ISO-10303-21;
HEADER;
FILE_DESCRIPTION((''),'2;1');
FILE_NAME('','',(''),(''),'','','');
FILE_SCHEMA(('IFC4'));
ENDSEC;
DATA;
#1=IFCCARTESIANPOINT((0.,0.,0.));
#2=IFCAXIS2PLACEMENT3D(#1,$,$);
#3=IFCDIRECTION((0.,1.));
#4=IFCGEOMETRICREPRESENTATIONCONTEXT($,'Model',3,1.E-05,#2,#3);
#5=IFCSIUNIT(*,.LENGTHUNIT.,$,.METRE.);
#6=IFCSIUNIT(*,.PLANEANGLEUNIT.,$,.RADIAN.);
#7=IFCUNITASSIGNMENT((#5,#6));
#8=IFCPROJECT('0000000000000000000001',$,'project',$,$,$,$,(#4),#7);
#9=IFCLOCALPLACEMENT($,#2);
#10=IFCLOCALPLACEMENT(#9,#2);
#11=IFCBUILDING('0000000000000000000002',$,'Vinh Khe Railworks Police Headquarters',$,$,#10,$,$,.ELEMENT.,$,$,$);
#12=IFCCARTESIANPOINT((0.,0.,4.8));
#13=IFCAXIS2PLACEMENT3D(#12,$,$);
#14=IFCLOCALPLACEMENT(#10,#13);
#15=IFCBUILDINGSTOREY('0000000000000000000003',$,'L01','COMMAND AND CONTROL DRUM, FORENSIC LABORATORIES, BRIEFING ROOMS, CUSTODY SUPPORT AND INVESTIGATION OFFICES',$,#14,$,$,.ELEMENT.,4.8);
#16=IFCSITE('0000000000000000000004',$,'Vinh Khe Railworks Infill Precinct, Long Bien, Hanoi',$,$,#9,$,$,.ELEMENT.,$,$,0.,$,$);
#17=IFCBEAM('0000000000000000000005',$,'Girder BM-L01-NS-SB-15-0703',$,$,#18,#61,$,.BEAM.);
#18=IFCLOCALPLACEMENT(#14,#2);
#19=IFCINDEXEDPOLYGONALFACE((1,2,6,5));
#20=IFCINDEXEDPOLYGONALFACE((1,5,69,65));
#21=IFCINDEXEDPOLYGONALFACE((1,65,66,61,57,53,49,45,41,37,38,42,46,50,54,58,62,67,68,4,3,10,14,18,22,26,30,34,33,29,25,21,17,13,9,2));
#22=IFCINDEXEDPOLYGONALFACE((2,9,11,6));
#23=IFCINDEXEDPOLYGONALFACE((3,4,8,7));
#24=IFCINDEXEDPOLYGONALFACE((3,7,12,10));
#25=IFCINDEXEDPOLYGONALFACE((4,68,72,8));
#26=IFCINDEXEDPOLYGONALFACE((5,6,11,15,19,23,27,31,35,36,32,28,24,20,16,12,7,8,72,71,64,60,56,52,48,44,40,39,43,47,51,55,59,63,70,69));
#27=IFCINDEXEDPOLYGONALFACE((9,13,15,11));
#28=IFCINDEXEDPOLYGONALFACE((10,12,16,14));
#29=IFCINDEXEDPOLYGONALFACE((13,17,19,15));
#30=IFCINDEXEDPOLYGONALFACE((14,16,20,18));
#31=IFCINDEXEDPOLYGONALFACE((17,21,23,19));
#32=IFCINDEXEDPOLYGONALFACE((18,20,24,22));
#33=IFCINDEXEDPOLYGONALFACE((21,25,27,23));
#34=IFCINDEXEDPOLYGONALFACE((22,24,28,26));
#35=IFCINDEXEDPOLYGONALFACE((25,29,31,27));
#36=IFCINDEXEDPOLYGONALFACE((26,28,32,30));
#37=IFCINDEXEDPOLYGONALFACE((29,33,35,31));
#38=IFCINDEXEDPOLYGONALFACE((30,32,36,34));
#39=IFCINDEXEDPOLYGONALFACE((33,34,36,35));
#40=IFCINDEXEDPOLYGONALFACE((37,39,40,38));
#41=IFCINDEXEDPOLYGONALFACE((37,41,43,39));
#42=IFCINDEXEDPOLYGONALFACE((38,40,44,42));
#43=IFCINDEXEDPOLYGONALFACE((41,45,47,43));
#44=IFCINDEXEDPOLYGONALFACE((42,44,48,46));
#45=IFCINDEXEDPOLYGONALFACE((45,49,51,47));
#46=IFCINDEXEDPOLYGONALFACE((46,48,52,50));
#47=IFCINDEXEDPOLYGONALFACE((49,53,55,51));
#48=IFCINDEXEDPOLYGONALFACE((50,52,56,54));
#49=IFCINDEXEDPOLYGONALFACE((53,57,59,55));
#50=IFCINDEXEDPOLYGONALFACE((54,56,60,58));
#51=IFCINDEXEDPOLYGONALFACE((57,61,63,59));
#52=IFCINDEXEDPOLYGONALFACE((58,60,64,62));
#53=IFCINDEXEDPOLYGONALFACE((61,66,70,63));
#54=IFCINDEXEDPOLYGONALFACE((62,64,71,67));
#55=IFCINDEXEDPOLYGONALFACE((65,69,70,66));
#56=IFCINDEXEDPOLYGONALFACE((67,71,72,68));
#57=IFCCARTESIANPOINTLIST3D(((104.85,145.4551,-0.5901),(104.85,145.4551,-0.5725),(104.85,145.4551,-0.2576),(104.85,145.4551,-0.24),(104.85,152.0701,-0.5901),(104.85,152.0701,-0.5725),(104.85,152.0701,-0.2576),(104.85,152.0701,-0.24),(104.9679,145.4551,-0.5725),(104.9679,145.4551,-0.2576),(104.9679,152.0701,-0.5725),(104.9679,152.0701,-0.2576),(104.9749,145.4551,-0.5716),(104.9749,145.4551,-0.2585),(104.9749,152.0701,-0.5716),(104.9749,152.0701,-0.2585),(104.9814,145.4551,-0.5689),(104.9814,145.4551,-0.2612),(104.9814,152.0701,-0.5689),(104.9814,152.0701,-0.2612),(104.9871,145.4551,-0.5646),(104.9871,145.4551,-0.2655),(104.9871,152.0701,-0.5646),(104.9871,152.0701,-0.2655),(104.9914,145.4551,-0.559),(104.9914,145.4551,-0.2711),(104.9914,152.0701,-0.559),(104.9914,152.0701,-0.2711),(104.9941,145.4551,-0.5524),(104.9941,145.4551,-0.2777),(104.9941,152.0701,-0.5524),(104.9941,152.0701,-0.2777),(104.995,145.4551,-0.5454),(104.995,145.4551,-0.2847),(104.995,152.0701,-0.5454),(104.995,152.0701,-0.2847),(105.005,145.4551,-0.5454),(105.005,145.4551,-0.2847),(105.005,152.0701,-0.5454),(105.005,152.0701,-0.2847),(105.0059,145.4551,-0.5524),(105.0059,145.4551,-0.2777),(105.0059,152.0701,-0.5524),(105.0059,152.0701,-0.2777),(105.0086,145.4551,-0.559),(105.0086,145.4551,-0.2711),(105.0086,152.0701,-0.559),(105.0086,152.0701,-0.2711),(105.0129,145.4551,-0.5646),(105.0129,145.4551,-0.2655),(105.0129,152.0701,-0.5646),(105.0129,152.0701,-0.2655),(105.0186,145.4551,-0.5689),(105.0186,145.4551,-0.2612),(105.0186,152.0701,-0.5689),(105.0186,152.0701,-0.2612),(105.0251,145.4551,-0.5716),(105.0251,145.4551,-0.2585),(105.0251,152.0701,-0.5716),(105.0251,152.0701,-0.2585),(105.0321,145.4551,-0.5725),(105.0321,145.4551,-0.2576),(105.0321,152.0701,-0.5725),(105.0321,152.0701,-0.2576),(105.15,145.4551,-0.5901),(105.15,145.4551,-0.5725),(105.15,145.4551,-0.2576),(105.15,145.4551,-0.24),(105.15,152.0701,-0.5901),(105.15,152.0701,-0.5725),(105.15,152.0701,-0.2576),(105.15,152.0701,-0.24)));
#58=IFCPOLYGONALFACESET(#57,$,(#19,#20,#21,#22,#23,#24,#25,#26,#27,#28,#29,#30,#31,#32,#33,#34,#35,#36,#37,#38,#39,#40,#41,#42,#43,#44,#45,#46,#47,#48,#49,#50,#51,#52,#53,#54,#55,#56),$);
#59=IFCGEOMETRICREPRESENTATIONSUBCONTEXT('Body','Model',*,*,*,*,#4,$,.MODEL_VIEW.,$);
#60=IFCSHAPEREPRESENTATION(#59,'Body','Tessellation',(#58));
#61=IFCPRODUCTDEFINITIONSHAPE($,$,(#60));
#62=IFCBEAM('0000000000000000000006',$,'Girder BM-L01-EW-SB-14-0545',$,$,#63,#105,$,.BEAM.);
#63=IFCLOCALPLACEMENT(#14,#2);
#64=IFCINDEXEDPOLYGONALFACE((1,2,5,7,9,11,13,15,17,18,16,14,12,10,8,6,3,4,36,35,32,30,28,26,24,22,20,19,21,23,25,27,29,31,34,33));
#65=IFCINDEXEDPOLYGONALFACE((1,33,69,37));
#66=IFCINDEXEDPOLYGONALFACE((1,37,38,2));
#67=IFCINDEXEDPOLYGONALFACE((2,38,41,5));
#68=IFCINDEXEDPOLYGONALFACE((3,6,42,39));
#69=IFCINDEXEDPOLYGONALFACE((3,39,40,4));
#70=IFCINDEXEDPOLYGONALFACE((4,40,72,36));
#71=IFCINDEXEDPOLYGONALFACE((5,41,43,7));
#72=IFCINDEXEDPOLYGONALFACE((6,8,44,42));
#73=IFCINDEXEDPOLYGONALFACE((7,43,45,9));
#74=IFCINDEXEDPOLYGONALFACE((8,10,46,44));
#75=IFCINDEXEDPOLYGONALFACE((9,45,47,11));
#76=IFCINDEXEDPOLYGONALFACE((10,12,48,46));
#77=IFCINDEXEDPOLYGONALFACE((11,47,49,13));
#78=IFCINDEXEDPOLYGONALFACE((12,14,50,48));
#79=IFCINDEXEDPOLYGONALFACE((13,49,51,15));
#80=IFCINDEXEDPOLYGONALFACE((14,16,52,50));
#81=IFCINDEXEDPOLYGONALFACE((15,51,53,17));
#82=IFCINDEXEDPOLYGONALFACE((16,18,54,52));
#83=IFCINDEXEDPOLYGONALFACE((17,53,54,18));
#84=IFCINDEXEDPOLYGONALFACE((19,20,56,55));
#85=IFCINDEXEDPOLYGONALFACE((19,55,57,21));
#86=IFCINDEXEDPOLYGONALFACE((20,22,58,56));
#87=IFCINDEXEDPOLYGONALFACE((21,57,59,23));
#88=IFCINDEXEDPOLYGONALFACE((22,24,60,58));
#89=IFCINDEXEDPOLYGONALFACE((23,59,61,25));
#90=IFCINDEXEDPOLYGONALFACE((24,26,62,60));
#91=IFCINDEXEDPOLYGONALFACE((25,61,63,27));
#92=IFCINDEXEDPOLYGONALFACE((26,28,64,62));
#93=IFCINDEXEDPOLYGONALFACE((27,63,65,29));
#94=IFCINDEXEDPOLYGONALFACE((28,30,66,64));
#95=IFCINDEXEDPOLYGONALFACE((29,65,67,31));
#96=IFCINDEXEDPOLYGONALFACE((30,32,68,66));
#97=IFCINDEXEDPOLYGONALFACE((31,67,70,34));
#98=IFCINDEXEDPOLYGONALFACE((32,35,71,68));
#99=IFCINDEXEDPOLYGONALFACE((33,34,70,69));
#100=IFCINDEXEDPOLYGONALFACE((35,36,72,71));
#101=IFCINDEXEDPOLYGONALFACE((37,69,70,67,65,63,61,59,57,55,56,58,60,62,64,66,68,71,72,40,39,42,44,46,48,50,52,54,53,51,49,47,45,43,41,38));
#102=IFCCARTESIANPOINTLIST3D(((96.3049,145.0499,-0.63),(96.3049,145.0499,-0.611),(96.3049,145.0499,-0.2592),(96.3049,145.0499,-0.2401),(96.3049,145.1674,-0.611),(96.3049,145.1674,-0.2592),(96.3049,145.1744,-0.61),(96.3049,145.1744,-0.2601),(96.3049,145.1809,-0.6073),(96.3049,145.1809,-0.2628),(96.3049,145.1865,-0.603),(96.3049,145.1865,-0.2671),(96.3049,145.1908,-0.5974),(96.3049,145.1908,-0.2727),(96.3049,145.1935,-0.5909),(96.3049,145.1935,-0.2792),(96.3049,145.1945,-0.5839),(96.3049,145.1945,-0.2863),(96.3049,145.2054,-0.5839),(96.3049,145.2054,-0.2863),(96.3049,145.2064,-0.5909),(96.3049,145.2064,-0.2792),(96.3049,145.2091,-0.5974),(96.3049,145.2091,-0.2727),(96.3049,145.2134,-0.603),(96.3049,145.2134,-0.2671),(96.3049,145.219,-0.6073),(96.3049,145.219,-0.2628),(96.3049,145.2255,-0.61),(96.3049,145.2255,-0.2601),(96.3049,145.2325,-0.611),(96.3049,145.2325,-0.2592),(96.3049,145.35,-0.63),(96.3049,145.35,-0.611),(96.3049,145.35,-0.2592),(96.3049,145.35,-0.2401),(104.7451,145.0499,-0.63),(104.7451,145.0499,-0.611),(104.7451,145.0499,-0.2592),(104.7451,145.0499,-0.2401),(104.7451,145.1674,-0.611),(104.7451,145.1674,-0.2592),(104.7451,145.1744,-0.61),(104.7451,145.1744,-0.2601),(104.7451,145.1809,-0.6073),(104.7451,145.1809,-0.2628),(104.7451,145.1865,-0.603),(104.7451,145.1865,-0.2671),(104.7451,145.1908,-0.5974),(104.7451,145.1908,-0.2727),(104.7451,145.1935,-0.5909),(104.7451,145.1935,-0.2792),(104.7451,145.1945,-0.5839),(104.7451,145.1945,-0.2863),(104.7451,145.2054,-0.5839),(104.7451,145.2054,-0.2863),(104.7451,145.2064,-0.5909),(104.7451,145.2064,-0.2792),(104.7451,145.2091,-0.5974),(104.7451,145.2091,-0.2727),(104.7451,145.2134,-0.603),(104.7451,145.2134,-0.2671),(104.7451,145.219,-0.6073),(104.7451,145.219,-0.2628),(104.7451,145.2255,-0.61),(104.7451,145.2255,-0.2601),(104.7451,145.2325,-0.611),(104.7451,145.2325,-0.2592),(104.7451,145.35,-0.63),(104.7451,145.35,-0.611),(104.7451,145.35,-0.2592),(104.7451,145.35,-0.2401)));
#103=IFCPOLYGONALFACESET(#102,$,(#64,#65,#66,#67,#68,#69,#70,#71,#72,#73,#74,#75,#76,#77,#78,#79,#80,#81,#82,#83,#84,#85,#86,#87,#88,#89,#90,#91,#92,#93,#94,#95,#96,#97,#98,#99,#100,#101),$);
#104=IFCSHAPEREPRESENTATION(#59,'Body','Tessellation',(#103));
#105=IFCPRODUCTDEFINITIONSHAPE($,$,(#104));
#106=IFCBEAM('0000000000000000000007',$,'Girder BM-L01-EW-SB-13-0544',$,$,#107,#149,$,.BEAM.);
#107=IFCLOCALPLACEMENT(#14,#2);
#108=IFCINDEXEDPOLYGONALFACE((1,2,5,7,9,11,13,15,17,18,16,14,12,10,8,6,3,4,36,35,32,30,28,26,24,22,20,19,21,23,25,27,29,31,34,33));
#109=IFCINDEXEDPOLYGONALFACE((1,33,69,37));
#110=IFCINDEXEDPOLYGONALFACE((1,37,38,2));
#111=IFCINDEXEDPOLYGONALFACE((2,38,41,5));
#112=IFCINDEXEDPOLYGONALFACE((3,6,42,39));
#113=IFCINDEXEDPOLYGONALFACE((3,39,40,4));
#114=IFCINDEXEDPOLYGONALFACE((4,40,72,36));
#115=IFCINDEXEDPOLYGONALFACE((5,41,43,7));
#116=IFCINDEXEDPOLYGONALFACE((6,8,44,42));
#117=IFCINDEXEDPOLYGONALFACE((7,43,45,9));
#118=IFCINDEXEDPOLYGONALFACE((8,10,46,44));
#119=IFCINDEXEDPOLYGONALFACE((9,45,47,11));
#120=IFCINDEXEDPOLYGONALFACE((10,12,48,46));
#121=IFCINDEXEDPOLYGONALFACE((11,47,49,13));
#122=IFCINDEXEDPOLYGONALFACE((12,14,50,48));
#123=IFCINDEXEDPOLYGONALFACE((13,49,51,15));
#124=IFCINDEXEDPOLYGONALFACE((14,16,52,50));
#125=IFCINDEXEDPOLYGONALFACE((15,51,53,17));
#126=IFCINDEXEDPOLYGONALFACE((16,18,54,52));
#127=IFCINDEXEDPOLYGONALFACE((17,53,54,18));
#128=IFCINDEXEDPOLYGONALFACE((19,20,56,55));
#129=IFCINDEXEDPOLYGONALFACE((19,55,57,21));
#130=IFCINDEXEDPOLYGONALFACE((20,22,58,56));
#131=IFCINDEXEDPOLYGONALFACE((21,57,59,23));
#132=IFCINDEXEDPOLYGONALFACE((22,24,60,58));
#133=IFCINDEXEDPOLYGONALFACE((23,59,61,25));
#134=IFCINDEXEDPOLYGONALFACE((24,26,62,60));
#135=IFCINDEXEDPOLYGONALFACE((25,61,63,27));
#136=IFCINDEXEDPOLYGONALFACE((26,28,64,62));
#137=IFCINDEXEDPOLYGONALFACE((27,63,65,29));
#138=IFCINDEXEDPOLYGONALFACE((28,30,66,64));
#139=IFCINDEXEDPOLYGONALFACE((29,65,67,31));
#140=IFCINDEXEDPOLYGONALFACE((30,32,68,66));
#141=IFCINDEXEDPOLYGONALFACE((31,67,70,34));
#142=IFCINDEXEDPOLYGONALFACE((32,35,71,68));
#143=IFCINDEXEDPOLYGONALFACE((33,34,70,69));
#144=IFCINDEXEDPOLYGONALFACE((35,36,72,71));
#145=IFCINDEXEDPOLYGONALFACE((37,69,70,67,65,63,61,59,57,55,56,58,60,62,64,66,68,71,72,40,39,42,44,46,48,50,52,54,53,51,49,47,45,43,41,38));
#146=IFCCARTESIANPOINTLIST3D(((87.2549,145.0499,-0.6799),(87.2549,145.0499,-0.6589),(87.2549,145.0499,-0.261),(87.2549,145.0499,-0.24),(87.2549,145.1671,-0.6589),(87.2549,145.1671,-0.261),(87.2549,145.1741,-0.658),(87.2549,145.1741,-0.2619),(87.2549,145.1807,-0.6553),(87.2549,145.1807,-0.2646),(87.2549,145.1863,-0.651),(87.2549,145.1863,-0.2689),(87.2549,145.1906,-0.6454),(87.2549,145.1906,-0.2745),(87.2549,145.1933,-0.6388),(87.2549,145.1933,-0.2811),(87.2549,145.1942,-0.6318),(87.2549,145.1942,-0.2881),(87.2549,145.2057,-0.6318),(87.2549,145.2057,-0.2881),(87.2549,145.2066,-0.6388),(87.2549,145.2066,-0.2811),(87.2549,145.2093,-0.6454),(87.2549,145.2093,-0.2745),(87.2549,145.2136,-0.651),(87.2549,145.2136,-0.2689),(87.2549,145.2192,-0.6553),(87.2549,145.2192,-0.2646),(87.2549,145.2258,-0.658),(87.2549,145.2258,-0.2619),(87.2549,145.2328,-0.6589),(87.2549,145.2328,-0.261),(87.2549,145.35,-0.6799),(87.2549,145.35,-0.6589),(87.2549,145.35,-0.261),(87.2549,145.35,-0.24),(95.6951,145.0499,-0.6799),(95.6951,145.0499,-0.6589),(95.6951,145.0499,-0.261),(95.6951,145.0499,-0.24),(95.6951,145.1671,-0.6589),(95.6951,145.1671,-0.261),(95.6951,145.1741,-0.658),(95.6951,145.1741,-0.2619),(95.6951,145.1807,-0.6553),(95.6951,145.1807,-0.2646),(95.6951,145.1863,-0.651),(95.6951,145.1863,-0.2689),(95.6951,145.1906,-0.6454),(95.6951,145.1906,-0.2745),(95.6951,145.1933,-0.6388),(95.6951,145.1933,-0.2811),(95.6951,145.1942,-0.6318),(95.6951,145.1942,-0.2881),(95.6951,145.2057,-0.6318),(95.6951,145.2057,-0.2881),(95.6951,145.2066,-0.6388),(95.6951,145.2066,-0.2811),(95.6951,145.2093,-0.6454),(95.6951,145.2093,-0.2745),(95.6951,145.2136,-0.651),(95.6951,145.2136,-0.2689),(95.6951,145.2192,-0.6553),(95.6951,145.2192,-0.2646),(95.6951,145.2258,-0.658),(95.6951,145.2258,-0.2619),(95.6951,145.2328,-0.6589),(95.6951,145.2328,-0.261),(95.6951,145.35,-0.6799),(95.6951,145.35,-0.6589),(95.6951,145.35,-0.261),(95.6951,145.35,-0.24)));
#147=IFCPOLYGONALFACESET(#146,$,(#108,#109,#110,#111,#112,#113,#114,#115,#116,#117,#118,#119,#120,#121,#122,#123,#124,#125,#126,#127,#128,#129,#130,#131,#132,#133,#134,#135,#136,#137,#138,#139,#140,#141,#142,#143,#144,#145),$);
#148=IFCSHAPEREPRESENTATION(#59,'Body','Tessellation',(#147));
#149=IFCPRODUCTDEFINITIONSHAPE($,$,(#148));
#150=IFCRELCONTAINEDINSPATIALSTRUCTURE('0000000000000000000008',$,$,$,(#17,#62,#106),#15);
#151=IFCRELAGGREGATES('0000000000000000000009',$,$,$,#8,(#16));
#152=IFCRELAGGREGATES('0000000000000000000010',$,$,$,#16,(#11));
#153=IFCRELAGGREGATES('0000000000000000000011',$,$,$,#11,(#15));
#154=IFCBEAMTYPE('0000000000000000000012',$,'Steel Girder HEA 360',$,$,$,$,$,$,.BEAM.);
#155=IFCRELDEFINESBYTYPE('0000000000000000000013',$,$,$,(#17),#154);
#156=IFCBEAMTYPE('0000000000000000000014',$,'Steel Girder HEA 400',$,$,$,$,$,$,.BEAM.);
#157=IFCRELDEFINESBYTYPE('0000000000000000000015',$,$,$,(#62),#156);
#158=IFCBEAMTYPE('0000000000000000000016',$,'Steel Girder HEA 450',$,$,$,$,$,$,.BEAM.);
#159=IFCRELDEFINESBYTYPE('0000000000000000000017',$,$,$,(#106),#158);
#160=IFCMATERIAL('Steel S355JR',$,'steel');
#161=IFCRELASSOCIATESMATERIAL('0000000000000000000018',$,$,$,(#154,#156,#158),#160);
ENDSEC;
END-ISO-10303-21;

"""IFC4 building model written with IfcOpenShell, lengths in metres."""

from ifc_helpers import new_model, si_unit, direction, frame, origin, origin_2d, place, context, subcontext, project, spatial, i_section, extrude, material, material_profile, profile_set, type_object, element, save


model = new_model("IFC4")

# Units and contexts
model_context = context("Model", 3, precision=1e-05, world=origin(), true_north=direction((0.0, 1.0)))
body_context = subcontext(model_context, "Body", "Model", "MODEL_VIEW")
ifc_project = project(units=[si_unit("LENGTHUNIT", "METRE"), si_unit("PLANEANGLEUNIT", "RADIAN")], contexts=[model_context])

# Site, building, storey
site_placement = place(None, origin())
site = spatial("IfcSite", under=ifc_project, at=site_placement, Name="Vinh Khe Railworks Infill Precinct, Long Bien, Hanoi", CompositionType="ELEMENT", RefElevation=0.0)
building_placement = place(site_placement, origin())
building = spatial("IfcBuilding", under=site, at=building_placement, Name="Vinh Khe Railworks Police Headquarters", CompositionType="ELEMENT")
storey_placement = place(building_placement, frame((0.0, 0.0, 4.8)))
storey = spatial("IfcBuildingStorey", under=building, at=storey_placement, Name="L01", Description="COMMAND AND CONTROL DRUM, FORENSIC LABORATORIES, BRIEFING ROOMS, CUSTODY SUPPORT AND INVESTIGATION OFFICES", CompositionType="ELEMENT", Elevation=4.8)

# Beams
ifc_material_1 = material(Name="Steel S355JR", Category="steel")
ifc_material_profile_1 = material_profile(ifc_material_1, i_section(OverallWidth=0.3, OverallDepth=0.3501, WebThickness=0.01, FlangeThickness=0.0176, FilletRadius=0.0271, at=origin_2d()), Name="HEA 360")
ifc_profile_set_1 = profile_set([ifc_material_profile_1], Name="Steel S355JR")
beam_type_1 = type_object("IfcBeamType", Name="Steel Girder HEA 360", PredefinedType="BEAM", material=ifc_profile_set_1)
beam_1_placement = place(storey_placement, frame((105.0, 145.4551, -0.415), z_axis=(0.0, 1.0, 0.0), x_axis=(-1.0, 0.0, 0.0)))
element("IfcBeam", 1, at=beam_1_placement, inside=storey, type_object=beam_type_1, Name="Girder BM-L01-NS-SB-15-0703", PredefinedType="BEAM", context=body_context, shape_type="SweptSolid", body=[
    extrude(i_section(OverallWidth=0.3, OverallDepth=0.3501, WebThickness=0.01, FlangeThickness=0.0176, FilletRadius=0.0271, at=origin_2d()), origin(), (0.0, 0.0, 1.0), 6.615),
])
ifc_material_profile_2 = material_profile(ifc_material_1, i_section(OverallWidth=0.3, OverallDepth=0.3899, WebThickness=0.011, FlangeThickness=0.019, FilletRadius=0.0271, at=origin_2d()), Name="HEA 400")
ifc_profile_set_2 = profile_set([ifc_material_profile_2], Name="Steel S355JR")
beam_type_2 = type_object("IfcBeamType", Name="Steel Girder HEA 400", PredefinedType="BEAM", material=ifc_profile_set_2)
beam_2_placement = place(storey_placement, frame((96.3049, 145.2, -0.4351), z_axis=(1.0, 0.0, 0.0), x_axis=(0.0, 1.0, 0.0)))
element("IfcBeam", 2, at=beam_2_placement, inside=storey, type_object=beam_type_2, Name="Girder BM-L01-EW-SB-14-0545", PredefinedType="BEAM", context=body_context, shape_type="SweptSolid", body=[
    extrude(i_section(OverallWidth=0.3, OverallDepth=0.3899, WebThickness=0.011, FlangeThickness=0.019, FilletRadius=0.0271, at=origin_2d()), origin(), (0.0, 0.0, 1.0), 8.4402),
])
ifc_material_profile_3 = material_profile(ifc_material_1, i_section(OverallWidth=0.3, OverallDepth=0.4399, WebThickness=0.0115, FlangeThickness=0.021, FilletRadius=0.0271, at=origin_2d()), Name="HEA 450")
ifc_profile_set_3 = profile_set([ifc_material_profile_3], Name="Steel S355JR")
beam_type_3 = type_object("IfcBeamType", Name="Steel Girder HEA 450", PredefinedType="BEAM", material=ifc_profile_set_3)
beam_3_placement = place(storey_placement, frame((87.2549, 145.2, -0.46), z_axis=(1.0, 0.0, 0.0), x_axis=(0.0, 1.0, 0.0)))
element("IfcBeam", 3, at=beam_3_placement, inside=storey, type_object=beam_type_3, Name="Girder BM-L01-EW-SB-13-0544", PredefinedType="BEAM", context=body_context, shape_type="SweptSolid", body=[
    extrude(i_section(OverallWidth=0.3, OverallDepth=0.4399, WebThickness=0.0115, FlangeThickness=0.021, FilletRadius=0.0271, at=origin_2d()), origin(), (0.0, 0.0, 1.0), 8.4402),
])

save(model, "model.ifc")
